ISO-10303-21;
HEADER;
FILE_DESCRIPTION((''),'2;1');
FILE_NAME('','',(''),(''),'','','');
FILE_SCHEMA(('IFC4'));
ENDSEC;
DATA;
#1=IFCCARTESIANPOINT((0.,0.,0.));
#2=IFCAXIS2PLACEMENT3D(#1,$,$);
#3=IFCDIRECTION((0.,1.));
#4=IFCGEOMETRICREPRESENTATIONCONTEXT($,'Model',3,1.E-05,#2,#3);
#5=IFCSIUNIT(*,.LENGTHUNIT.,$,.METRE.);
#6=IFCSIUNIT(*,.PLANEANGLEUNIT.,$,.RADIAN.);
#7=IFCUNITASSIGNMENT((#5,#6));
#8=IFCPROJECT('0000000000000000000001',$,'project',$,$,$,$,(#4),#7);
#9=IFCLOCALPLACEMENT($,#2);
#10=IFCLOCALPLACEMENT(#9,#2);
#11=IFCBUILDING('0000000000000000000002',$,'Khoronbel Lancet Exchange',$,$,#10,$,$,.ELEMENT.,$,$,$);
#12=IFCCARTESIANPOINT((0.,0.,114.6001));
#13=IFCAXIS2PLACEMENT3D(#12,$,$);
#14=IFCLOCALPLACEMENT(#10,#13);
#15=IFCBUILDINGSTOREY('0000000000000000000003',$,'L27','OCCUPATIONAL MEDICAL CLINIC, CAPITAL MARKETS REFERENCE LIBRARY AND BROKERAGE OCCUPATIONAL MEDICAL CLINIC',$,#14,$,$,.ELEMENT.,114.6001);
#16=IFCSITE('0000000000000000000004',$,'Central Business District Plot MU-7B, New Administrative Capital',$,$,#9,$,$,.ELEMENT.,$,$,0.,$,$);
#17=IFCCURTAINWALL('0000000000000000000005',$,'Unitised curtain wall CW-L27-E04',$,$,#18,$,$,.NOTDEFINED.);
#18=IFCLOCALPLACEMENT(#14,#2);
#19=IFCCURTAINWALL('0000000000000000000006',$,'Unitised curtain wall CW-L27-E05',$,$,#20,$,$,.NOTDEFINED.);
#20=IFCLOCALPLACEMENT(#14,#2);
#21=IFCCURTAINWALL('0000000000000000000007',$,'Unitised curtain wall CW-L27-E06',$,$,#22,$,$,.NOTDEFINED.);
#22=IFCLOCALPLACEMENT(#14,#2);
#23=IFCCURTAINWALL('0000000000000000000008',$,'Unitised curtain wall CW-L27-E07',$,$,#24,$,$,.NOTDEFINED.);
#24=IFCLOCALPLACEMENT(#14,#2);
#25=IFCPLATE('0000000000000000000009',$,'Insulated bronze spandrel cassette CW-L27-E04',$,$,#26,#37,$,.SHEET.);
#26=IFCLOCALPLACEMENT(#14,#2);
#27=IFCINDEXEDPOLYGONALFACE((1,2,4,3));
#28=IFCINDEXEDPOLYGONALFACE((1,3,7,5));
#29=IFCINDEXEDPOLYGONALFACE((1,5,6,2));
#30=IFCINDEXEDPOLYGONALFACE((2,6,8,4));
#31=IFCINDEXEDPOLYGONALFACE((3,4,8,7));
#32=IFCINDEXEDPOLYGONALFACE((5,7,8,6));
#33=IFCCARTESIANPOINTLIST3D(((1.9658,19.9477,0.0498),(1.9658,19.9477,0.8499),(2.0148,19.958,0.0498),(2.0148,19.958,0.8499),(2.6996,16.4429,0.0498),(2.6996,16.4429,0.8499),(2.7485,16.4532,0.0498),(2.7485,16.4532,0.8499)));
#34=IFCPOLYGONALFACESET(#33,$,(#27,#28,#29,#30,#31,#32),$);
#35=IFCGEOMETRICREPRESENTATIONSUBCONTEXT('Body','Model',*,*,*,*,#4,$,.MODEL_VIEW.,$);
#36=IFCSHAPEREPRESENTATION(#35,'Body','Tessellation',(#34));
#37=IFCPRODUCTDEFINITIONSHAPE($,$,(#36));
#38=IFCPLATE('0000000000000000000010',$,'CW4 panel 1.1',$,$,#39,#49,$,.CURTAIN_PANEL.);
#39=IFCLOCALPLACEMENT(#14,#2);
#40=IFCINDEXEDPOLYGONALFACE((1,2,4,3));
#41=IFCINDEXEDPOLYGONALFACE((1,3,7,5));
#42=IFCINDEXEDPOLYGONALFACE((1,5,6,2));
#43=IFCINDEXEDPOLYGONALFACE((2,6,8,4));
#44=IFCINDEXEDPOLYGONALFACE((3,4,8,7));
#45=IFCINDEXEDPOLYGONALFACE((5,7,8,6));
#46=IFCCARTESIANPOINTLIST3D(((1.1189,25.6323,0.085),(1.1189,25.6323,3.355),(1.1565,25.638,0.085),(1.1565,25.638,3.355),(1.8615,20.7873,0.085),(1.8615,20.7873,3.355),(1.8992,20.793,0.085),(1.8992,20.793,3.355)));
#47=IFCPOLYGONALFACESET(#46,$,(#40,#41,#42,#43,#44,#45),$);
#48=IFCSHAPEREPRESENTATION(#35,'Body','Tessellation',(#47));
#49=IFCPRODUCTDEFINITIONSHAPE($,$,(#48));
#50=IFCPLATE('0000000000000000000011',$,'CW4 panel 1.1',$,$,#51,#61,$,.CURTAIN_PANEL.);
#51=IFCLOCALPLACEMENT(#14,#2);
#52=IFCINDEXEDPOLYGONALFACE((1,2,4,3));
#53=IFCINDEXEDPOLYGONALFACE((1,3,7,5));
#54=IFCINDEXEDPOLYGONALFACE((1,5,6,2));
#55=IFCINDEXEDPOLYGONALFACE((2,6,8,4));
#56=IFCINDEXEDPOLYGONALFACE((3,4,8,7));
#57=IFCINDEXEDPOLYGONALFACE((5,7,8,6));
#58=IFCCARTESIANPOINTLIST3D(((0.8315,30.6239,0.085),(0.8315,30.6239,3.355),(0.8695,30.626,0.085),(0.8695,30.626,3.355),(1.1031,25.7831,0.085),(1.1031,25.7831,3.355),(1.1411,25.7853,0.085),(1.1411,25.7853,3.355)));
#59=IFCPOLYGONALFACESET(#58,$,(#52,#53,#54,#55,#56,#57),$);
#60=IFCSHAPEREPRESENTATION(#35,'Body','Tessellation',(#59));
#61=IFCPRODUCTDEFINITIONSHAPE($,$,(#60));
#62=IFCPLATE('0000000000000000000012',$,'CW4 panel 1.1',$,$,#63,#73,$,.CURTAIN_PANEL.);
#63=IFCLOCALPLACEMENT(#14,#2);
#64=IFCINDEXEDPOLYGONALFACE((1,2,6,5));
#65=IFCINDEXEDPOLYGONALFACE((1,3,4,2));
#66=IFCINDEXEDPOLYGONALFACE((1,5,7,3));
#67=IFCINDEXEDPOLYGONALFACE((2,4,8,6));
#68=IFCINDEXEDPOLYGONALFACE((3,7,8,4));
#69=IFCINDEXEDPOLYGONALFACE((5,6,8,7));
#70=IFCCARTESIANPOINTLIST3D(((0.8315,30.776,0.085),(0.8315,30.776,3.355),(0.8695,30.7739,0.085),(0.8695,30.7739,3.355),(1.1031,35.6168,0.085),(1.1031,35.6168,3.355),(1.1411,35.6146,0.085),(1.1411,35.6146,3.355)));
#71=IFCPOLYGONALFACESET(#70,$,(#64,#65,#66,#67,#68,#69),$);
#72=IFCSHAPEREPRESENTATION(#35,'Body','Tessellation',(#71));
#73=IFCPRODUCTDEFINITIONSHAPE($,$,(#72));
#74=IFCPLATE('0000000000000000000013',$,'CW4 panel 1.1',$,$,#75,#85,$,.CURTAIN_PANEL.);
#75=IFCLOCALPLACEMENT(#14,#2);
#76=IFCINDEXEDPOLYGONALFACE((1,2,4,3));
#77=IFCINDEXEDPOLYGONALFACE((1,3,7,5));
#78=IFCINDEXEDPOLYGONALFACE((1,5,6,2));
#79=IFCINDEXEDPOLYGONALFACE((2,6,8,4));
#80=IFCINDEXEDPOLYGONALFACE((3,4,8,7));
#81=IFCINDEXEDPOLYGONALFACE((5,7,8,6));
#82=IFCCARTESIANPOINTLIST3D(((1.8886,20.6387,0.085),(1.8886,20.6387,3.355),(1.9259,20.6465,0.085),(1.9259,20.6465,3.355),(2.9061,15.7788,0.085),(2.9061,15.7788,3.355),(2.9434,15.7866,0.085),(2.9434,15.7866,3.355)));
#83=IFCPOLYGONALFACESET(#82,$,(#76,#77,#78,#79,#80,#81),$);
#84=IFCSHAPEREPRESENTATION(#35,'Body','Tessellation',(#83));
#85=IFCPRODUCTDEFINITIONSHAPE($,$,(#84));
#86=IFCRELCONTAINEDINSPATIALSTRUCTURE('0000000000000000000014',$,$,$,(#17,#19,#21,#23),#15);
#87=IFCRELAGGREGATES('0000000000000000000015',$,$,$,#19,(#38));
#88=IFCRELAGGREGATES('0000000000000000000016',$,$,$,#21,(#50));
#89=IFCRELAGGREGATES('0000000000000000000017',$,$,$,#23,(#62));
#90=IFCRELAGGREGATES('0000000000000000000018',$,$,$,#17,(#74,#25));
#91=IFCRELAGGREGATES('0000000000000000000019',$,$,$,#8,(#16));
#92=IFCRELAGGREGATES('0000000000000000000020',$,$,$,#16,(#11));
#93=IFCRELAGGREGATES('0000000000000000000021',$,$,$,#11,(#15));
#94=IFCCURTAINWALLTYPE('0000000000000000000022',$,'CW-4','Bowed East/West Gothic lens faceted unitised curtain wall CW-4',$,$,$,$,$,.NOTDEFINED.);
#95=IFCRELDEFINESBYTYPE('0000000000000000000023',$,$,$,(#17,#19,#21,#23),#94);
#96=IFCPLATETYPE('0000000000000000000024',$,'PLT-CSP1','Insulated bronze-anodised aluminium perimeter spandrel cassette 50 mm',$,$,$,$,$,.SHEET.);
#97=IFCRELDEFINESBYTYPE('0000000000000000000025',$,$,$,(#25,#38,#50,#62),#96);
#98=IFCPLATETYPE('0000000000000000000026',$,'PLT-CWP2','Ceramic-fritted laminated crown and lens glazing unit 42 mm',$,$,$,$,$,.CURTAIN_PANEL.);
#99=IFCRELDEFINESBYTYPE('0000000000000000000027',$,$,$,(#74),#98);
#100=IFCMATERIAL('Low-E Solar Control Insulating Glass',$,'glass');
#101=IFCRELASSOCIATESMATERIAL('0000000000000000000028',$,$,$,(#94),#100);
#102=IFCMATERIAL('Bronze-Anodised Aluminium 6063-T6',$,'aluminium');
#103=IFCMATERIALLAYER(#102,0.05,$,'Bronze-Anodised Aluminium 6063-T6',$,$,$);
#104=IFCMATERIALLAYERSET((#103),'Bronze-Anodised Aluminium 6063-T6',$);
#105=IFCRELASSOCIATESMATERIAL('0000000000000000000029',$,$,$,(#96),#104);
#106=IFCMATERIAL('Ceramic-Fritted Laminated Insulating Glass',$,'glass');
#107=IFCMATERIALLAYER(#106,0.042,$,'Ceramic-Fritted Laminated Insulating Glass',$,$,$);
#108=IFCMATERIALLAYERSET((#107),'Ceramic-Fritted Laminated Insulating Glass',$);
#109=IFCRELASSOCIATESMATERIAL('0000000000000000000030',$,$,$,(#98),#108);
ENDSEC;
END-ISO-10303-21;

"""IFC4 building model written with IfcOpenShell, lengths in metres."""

from ifc_helpers import new_model, si_unit, direction, frame, origin, origin_2d, place, context, subcontext, project, spatial, rectangle, extrude, material, layer, layer_set, type_object, element, aggregate, save


model = new_model("IFC4")

# Units and contexts
model_context = context("Model", 3, precision=1e-05, world=origin(), true_north=direction((0.0, 1.0)))
body_context = subcontext(model_context, "Body", "Model", "MODEL_VIEW")
ifc_project = project(units=[si_unit("LENGTHUNIT", "METRE"), si_unit("PLANEANGLEUNIT", "RADIAN")], contexts=[model_context])

# Site, building, storey
site_placement = place(None, origin())
site = spatial("IfcSite", under=ifc_project, at=site_placement, Name="Central Business District Plot MU-7B, New Administrative Capital", CompositionType="ELEMENT", RefElevation=0.0)
building_placement = place(site_placement, origin())
building = spatial("IfcBuilding", under=site, at=building_placement, Name="Khoronbel Lancet Exchange", CompositionType="ELEMENT")
storey_placement = place(building_placement, frame((0.0, 0.0, 114.6001)))
storey = spatial("IfcBuildingStorey", under=building, at=storey_placement, Name="L27", Description="OCCUPATIONAL MEDICAL CLINIC, CAPITAL MARKETS REFERENCE LIBRARY AND BROKERAGE OCCUPATIONAL MEDICAL CLINIC", CompositionType="ELEMENT", Elevation=114.6001)

# Curtain wall
ifc_material_1 = material(Name="Low-E Solar Control Insulating Glass", Category="glass")
curtain_wall_type = type_object("IfcCurtainWallType", Name="CW-4", Description="Bowed East/West Gothic lens faceted unitised curtain wall CW-4", PredefinedType="NOTDEFINED", material=ifc_material_1)
curtain_wall_1_placement = place(storey_placement, origin())
curtain_wall_1 = element("IfcCurtainWall", 1, at=curtain_wall_1_placement, inside=storey, type_object=curtain_wall_type, Name="Unitised curtain wall CW-L27-E04", PredefinedType="NOTDEFINED")
ifc_material_2 = material(Name="Bronze-Anodised Aluminium 6063-T6", Category="aluminium")

# Curtain walls
curtain_wall_2_placement = place(storey_placement, origin())
curtain_wall_2 = element("IfcCurtainWall", 2, at=curtain_wall_2_placement, inside=storey, type_object=curtain_wall_type, Name="Unitised curtain wall CW-L27-E05", PredefinedType="NOTDEFINED")
curtain_wall_3_placement = place(storey_placement, origin())
curtain_wall_3 = element("IfcCurtainWall", 3, at=curtain_wall_3_placement, inside=storey, type_object=curtain_wall_type, Name="Unitised curtain wall CW-L27-E06", PredefinedType="NOTDEFINED")
curtain_wall_4_placement = place(storey_placement, origin())
curtain_wall_4 = element("IfcCurtainWall", 4, at=curtain_wall_4_placement, inside=storey, type_object=curtain_wall_type, Name="Unitised curtain wall CW-L27-E07", PredefinedType="NOTDEFINED")

# Plates
ifc_layer_1 = layer(ifc_material_2, 0.05, Name="Bronze-Anodised Aluminium 6063-T6")
ifc_layer_set_1 = layer_set([ifc_layer_1], Name="Bronze-Anodised Aluminium 6063-T6")
plate_type_1 = type_object("IfcPlateType", Name="PLT-CSP1", Description="Insulated bronze-anodised aluminium perimeter spandrel cassette 50 mm", PredefinedType="SHEET", material=ifc_layer_set_1)
plate_1_placement = place(storey_placement, frame((2.3572, 18.2004, 0.0498), z_axis=(0.0, 0.0, 1.0), x_axis=(-0.204913, 0.97878, 0.0)))
plate_1 = element("IfcPlate", 5, at=plate_1_placement, type_object=plate_type_1, Name="Insulated bronze spandrel cassette CW-L27-E04", PredefinedType="SHEET", context=body_context, shape_type="SweptSolid", body=[
    extrude(rectangle(XDim=3.5808, YDim=0.05, at=origin_2d()), origin(), (0.0, 0.0, 1.0), 0.8),
])
plate_2_placement = place(storey_placement, frame((1.509, 23.2126, 0.085), z_axis=(0.0, 0.0, 1.0), x_axis=(-0.151516, 0.988455, 0.0)))
plate_2 = element("IfcPlate", 6, at=plate_2_placement, type_object=plate_type_1, Name="CW4 panel 1.1", PredefinedType="CURTAIN_PANEL", context=body_context, shape_type="SweptSolid", body=[
    extrude(rectangle(XDim=4.9016, YDim=0.0381, at=origin_2d()), origin(), (0.0, 0.0, 1.0), 3.27),
])
aggregate(curtain_wall_2, [plate_2])
plate_3_placement = place(storey_placement, frame((0.9863, 28.2046, 0.085), z_axis=(0.0, 0.0, 1.0), x_axis=(-0.056017, 0.99843, 0.0)))
plate_3 = element("IfcPlate", 7, at=plate_3_placement, type_object=plate_type_1, Name="CW4 panel 1.1", PredefinedType="CURTAIN_PANEL", context=body_context, shape_type="SweptSolid", body=[
    extrude(rectangle(XDim=4.8484, YDim=0.0381, at=origin_2d()), origin(), (0.0, 0.0, 1.0), 3.27),
])
aggregate(curtain_wall_3, [plate_3])
plate_4_placement = place(storey_placement, frame((0.9863, 33.1953, 0.085), z_axis=(0.0, 0.0, 1.0), x_axis=(0.056017, 0.99843, 0.0)))
plate_4 = element("IfcPlate", 8, at=plate_4_placement, type_object=plate_type_1, Name="CW4 panel 1.1", PredefinedType="CURTAIN_PANEL", context=body_context, shape_type="SweptSolid", body=[
    extrude(rectangle(XDim=4.8484, YDim=0.0381, at=origin_2d()), origin(), (0.0, 0.0, 1.0), 3.27),
])
aggregate(curtain_wall_4, [plate_4])
ifc_material_3 = material(Name="Ceramic-Fritted Laminated Insulating Glass", Category="glass")
ifc_layer_2 = layer(ifc_material_3, 0.042, Name="Ceramic-Fritted Laminated Insulating Glass")
ifc_layer_set_2 = layer_set([ifc_layer_2], Name="Ceramic-Fritted Laminated Insulating Glass")
plate_type_2 = type_object("IfcPlateType", Name="PLT-CWP2", Description="Ceramic-fritted laminated crown and lens glazing unit 42 mm", PredefinedType="CURTAIN_PANEL", material=ifc_layer_set_2)
plate_5_placement = place(storey_placement, frame((2.416, 18.2126, 0.085), z_axis=(0.0, 0.0, 1.0), x_axis=(-0.204913, 0.97878, 0.0)))
plate_5 = element("IfcPlate", 9, at=plate_5_placement, type_object=plate_type_2, Name="CW4 panel 1.1", PredefinedType="CURTAIN_PANEL", context=body_context, shape_type="SweptSolid", body=[
    extrude(rectangle(XDim=4.9653, YDim=0.0381, at=origin_2d()), origin(), (0.0, 0.0, 1.0), 3.27),
])
aggregate(curtain_wall_1, [plate_5, plate_1])

save(model, "model.ifc")
